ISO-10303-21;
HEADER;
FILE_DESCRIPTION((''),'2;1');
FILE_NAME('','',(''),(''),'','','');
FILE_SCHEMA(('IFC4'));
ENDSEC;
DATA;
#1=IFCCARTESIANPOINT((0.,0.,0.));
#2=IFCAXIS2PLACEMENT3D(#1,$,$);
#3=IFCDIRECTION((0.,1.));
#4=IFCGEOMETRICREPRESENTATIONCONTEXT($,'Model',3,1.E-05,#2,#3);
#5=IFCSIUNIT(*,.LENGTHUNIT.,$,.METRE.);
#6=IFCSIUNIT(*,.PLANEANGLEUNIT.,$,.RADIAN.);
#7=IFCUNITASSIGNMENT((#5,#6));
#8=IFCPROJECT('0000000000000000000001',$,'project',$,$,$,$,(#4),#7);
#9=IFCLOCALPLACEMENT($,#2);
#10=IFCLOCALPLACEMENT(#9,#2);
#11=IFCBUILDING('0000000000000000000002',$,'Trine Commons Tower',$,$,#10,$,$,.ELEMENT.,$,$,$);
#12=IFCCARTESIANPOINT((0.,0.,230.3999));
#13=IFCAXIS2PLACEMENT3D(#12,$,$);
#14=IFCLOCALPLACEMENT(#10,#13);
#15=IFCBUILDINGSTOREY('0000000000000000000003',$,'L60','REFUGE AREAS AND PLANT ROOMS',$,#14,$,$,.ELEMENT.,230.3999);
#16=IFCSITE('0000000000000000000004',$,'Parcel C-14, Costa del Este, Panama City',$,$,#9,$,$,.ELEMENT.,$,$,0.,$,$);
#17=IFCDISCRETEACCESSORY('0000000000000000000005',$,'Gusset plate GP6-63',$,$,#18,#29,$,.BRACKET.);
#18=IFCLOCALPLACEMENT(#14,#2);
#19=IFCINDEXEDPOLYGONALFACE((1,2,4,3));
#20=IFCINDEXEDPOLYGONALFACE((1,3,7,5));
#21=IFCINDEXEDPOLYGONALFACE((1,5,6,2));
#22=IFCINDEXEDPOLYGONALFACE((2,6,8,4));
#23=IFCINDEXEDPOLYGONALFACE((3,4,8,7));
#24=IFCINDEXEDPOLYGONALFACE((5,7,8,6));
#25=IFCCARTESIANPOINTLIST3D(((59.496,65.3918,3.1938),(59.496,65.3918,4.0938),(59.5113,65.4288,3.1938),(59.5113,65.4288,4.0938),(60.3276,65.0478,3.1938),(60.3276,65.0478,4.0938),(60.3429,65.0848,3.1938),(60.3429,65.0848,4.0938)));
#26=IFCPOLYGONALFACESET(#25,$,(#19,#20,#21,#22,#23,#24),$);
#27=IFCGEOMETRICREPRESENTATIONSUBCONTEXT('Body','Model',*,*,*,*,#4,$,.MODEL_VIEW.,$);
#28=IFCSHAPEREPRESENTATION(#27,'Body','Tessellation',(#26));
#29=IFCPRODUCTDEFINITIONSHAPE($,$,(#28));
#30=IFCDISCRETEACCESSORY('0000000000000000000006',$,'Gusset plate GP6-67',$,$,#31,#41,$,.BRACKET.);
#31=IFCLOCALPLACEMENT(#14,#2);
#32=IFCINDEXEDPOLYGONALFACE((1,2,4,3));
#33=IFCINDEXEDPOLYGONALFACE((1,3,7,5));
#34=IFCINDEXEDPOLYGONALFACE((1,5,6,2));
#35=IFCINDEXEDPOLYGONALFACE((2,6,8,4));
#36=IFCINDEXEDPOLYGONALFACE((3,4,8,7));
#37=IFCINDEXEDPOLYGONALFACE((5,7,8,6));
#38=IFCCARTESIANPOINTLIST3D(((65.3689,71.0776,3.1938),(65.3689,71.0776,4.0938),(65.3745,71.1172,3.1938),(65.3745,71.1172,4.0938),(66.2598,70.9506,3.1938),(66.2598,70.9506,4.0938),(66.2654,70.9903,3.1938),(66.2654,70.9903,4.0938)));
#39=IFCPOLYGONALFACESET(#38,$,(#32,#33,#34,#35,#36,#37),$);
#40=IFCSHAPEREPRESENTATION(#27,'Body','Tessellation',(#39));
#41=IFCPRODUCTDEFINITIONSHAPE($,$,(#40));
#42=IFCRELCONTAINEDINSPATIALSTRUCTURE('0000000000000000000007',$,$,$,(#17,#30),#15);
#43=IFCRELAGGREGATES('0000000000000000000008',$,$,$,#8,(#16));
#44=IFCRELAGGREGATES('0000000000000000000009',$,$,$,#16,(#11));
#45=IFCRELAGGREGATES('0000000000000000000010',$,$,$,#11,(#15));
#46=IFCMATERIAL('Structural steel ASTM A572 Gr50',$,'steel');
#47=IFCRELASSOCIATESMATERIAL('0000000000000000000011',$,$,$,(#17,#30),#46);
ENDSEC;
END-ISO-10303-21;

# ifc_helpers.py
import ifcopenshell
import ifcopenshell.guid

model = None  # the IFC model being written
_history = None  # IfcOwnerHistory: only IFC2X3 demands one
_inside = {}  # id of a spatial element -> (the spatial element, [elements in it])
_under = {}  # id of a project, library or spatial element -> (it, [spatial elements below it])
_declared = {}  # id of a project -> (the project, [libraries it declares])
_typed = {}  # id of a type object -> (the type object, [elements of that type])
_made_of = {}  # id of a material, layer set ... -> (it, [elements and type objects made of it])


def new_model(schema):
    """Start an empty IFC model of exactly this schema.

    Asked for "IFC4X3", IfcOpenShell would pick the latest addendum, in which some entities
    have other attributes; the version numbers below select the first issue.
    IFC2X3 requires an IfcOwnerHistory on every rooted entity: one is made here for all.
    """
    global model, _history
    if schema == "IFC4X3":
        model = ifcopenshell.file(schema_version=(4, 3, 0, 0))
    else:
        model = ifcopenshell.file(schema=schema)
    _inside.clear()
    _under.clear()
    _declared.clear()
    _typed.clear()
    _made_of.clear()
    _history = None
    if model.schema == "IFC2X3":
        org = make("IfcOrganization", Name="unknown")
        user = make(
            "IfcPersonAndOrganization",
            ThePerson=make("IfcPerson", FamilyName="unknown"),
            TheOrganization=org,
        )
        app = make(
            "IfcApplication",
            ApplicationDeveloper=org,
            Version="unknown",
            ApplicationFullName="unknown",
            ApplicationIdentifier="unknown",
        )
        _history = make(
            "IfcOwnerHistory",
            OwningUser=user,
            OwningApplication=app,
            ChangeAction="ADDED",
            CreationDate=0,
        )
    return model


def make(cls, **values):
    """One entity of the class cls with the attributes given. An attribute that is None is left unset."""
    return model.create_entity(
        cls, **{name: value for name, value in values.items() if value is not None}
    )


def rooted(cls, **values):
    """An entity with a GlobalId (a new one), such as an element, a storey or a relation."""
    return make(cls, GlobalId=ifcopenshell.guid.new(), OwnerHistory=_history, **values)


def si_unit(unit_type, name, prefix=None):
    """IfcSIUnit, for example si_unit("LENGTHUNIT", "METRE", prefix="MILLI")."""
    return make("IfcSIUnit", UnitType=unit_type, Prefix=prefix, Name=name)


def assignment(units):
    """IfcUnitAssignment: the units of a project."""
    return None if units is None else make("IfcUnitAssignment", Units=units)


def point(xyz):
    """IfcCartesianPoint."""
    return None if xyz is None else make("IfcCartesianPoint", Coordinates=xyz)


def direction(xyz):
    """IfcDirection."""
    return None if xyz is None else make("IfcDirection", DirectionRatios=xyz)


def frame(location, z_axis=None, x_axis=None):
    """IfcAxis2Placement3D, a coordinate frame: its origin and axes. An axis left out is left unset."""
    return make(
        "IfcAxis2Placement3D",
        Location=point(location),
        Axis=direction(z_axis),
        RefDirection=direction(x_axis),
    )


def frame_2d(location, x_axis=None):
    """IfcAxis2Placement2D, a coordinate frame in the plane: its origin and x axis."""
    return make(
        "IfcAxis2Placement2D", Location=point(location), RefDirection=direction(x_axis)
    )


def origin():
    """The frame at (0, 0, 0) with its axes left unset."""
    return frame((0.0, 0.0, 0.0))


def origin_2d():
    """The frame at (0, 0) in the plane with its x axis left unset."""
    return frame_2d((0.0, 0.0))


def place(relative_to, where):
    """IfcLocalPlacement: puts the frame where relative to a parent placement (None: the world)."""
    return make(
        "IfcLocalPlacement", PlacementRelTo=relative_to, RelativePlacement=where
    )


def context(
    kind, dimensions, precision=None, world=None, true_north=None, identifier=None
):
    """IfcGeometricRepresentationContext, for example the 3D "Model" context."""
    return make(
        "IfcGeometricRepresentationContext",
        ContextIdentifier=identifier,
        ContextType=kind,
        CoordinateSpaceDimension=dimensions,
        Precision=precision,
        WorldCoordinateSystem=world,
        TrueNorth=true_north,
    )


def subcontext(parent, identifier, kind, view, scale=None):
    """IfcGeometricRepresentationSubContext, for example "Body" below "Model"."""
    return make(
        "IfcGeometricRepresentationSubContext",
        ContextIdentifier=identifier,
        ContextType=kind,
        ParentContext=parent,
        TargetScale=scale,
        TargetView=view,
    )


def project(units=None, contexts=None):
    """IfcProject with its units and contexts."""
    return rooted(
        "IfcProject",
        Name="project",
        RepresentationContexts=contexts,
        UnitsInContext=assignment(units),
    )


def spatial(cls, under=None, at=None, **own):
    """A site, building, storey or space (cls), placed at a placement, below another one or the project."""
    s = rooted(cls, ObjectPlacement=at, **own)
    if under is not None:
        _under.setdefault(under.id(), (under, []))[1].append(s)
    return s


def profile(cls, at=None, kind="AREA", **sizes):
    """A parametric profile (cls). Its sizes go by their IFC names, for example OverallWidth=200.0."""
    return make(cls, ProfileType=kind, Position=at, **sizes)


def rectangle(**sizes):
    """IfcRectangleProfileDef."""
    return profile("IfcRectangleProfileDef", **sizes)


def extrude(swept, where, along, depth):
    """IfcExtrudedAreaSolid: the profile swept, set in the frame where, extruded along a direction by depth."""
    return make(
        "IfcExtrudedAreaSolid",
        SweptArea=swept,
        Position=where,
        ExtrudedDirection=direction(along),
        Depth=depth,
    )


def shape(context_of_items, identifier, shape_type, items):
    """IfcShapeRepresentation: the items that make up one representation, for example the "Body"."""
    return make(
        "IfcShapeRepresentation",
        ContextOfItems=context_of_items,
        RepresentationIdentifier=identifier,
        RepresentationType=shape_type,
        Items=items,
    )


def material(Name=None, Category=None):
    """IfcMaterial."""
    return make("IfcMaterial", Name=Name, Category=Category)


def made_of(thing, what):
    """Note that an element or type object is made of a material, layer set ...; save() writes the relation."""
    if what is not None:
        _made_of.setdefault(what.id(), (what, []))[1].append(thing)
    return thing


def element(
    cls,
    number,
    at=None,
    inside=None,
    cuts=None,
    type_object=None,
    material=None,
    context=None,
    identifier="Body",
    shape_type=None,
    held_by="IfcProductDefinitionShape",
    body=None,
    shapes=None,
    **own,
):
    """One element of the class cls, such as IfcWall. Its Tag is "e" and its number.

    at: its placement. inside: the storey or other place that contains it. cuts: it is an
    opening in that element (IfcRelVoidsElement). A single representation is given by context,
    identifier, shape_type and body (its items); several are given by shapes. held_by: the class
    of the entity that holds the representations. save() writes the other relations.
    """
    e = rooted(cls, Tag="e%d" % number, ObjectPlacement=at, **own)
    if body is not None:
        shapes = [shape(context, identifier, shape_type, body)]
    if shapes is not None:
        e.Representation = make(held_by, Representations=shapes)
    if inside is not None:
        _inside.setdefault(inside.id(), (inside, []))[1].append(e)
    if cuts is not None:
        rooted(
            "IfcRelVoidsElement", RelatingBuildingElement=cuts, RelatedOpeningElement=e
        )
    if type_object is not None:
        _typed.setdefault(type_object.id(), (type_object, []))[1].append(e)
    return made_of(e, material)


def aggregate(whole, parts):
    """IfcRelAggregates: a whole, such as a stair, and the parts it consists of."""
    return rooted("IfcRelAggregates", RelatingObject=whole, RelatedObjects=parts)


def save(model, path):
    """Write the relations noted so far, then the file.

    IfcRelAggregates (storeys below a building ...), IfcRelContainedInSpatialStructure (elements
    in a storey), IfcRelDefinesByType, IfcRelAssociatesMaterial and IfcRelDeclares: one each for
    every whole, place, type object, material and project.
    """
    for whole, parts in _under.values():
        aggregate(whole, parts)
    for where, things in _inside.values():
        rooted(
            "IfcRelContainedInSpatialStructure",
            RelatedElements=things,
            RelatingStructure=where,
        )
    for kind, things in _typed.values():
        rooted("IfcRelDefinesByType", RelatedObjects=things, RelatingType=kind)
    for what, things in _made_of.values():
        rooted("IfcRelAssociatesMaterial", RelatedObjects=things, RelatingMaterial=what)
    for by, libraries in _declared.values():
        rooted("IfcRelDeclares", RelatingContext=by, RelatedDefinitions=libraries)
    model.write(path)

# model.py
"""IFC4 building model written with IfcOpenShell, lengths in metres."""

from ifc_helpers import new_model, si_unit, direction, frame, origin, origin_2d, place, context, subcontext, project, spatial, rectangle, extrude, material, element, save


model = new_model("IFC4")

# Units and contexts
model_context = context("Model", 3, precision=1e-05, world=origin(), true_north=direction((0.0, 1.0)))
body_context = subcontext(model_context, "Body", "Model", "MODEL_VIEW")
ifc_project = project(units=[si_unit("LENGTHUNIT", "METRE"), si_unit("PLANEANGLEUNIT", "RADIAN")], contexts=[model_context])

# Site, building, storey
site_placement = place(None, origin())
site = spatial("IfcSite", under=ifc_project, at=site_placement, Name="Parcel C-14, Costa del Este, Panama City", CompositionType="ELEMENT", RefElevation=0.0)
building_placement = place(site_placement, origin())
building = spatial("IfcBuilding", under=site, at=building_placement, Name="Trine Commons Tower", CompositionType="ELEMENT")
storey_placement = place(building_placement, frame((0.0, 0.0, 230.3999)))
storey = spatial("IfcBuildingStorey", under=building, at=storey_placement, Name="L60", Description="REFUGE AREAS AND PLANT ROOMS", CompositionType="ELEMENT", Elevation=230.3999)

# Discrete accessories
ifc_material_1 = material(Name="Structural steel ASTM A572 Gr50", Category="steel")
for number, where, z_axis, x_axis, name in (
    (1, (59.9194, 65.2383, 3.1938), (0.0, 0.0, 1.0), (0.92404, -0.382296, 0.0), "Gusset plate GP6-63"),
    (2, (65.8171, 71.0339, 3.1938), (0.0, 0.0, 1.0), (0.990002, -0.141057, 0.0), "Gusset plate GP6-67"),
):
    element("IfcDiscreteAccessory", number, at=place(storey_placement, frame(where, z_axis=z_axis, x_axis=x_axis)), inside=storey, material=ifc_material_1, Name=name, PredefinedType="BRACKET", context=body_context, shape_type="SweptSolid", body=[
        extrude(rectangle(XDim=0.8999, YDim=0.04, at=origin_2d()), origin(), (0.0, 0.0, 1.0), 0.8999),
    ])

save(model, "model.ifc")
